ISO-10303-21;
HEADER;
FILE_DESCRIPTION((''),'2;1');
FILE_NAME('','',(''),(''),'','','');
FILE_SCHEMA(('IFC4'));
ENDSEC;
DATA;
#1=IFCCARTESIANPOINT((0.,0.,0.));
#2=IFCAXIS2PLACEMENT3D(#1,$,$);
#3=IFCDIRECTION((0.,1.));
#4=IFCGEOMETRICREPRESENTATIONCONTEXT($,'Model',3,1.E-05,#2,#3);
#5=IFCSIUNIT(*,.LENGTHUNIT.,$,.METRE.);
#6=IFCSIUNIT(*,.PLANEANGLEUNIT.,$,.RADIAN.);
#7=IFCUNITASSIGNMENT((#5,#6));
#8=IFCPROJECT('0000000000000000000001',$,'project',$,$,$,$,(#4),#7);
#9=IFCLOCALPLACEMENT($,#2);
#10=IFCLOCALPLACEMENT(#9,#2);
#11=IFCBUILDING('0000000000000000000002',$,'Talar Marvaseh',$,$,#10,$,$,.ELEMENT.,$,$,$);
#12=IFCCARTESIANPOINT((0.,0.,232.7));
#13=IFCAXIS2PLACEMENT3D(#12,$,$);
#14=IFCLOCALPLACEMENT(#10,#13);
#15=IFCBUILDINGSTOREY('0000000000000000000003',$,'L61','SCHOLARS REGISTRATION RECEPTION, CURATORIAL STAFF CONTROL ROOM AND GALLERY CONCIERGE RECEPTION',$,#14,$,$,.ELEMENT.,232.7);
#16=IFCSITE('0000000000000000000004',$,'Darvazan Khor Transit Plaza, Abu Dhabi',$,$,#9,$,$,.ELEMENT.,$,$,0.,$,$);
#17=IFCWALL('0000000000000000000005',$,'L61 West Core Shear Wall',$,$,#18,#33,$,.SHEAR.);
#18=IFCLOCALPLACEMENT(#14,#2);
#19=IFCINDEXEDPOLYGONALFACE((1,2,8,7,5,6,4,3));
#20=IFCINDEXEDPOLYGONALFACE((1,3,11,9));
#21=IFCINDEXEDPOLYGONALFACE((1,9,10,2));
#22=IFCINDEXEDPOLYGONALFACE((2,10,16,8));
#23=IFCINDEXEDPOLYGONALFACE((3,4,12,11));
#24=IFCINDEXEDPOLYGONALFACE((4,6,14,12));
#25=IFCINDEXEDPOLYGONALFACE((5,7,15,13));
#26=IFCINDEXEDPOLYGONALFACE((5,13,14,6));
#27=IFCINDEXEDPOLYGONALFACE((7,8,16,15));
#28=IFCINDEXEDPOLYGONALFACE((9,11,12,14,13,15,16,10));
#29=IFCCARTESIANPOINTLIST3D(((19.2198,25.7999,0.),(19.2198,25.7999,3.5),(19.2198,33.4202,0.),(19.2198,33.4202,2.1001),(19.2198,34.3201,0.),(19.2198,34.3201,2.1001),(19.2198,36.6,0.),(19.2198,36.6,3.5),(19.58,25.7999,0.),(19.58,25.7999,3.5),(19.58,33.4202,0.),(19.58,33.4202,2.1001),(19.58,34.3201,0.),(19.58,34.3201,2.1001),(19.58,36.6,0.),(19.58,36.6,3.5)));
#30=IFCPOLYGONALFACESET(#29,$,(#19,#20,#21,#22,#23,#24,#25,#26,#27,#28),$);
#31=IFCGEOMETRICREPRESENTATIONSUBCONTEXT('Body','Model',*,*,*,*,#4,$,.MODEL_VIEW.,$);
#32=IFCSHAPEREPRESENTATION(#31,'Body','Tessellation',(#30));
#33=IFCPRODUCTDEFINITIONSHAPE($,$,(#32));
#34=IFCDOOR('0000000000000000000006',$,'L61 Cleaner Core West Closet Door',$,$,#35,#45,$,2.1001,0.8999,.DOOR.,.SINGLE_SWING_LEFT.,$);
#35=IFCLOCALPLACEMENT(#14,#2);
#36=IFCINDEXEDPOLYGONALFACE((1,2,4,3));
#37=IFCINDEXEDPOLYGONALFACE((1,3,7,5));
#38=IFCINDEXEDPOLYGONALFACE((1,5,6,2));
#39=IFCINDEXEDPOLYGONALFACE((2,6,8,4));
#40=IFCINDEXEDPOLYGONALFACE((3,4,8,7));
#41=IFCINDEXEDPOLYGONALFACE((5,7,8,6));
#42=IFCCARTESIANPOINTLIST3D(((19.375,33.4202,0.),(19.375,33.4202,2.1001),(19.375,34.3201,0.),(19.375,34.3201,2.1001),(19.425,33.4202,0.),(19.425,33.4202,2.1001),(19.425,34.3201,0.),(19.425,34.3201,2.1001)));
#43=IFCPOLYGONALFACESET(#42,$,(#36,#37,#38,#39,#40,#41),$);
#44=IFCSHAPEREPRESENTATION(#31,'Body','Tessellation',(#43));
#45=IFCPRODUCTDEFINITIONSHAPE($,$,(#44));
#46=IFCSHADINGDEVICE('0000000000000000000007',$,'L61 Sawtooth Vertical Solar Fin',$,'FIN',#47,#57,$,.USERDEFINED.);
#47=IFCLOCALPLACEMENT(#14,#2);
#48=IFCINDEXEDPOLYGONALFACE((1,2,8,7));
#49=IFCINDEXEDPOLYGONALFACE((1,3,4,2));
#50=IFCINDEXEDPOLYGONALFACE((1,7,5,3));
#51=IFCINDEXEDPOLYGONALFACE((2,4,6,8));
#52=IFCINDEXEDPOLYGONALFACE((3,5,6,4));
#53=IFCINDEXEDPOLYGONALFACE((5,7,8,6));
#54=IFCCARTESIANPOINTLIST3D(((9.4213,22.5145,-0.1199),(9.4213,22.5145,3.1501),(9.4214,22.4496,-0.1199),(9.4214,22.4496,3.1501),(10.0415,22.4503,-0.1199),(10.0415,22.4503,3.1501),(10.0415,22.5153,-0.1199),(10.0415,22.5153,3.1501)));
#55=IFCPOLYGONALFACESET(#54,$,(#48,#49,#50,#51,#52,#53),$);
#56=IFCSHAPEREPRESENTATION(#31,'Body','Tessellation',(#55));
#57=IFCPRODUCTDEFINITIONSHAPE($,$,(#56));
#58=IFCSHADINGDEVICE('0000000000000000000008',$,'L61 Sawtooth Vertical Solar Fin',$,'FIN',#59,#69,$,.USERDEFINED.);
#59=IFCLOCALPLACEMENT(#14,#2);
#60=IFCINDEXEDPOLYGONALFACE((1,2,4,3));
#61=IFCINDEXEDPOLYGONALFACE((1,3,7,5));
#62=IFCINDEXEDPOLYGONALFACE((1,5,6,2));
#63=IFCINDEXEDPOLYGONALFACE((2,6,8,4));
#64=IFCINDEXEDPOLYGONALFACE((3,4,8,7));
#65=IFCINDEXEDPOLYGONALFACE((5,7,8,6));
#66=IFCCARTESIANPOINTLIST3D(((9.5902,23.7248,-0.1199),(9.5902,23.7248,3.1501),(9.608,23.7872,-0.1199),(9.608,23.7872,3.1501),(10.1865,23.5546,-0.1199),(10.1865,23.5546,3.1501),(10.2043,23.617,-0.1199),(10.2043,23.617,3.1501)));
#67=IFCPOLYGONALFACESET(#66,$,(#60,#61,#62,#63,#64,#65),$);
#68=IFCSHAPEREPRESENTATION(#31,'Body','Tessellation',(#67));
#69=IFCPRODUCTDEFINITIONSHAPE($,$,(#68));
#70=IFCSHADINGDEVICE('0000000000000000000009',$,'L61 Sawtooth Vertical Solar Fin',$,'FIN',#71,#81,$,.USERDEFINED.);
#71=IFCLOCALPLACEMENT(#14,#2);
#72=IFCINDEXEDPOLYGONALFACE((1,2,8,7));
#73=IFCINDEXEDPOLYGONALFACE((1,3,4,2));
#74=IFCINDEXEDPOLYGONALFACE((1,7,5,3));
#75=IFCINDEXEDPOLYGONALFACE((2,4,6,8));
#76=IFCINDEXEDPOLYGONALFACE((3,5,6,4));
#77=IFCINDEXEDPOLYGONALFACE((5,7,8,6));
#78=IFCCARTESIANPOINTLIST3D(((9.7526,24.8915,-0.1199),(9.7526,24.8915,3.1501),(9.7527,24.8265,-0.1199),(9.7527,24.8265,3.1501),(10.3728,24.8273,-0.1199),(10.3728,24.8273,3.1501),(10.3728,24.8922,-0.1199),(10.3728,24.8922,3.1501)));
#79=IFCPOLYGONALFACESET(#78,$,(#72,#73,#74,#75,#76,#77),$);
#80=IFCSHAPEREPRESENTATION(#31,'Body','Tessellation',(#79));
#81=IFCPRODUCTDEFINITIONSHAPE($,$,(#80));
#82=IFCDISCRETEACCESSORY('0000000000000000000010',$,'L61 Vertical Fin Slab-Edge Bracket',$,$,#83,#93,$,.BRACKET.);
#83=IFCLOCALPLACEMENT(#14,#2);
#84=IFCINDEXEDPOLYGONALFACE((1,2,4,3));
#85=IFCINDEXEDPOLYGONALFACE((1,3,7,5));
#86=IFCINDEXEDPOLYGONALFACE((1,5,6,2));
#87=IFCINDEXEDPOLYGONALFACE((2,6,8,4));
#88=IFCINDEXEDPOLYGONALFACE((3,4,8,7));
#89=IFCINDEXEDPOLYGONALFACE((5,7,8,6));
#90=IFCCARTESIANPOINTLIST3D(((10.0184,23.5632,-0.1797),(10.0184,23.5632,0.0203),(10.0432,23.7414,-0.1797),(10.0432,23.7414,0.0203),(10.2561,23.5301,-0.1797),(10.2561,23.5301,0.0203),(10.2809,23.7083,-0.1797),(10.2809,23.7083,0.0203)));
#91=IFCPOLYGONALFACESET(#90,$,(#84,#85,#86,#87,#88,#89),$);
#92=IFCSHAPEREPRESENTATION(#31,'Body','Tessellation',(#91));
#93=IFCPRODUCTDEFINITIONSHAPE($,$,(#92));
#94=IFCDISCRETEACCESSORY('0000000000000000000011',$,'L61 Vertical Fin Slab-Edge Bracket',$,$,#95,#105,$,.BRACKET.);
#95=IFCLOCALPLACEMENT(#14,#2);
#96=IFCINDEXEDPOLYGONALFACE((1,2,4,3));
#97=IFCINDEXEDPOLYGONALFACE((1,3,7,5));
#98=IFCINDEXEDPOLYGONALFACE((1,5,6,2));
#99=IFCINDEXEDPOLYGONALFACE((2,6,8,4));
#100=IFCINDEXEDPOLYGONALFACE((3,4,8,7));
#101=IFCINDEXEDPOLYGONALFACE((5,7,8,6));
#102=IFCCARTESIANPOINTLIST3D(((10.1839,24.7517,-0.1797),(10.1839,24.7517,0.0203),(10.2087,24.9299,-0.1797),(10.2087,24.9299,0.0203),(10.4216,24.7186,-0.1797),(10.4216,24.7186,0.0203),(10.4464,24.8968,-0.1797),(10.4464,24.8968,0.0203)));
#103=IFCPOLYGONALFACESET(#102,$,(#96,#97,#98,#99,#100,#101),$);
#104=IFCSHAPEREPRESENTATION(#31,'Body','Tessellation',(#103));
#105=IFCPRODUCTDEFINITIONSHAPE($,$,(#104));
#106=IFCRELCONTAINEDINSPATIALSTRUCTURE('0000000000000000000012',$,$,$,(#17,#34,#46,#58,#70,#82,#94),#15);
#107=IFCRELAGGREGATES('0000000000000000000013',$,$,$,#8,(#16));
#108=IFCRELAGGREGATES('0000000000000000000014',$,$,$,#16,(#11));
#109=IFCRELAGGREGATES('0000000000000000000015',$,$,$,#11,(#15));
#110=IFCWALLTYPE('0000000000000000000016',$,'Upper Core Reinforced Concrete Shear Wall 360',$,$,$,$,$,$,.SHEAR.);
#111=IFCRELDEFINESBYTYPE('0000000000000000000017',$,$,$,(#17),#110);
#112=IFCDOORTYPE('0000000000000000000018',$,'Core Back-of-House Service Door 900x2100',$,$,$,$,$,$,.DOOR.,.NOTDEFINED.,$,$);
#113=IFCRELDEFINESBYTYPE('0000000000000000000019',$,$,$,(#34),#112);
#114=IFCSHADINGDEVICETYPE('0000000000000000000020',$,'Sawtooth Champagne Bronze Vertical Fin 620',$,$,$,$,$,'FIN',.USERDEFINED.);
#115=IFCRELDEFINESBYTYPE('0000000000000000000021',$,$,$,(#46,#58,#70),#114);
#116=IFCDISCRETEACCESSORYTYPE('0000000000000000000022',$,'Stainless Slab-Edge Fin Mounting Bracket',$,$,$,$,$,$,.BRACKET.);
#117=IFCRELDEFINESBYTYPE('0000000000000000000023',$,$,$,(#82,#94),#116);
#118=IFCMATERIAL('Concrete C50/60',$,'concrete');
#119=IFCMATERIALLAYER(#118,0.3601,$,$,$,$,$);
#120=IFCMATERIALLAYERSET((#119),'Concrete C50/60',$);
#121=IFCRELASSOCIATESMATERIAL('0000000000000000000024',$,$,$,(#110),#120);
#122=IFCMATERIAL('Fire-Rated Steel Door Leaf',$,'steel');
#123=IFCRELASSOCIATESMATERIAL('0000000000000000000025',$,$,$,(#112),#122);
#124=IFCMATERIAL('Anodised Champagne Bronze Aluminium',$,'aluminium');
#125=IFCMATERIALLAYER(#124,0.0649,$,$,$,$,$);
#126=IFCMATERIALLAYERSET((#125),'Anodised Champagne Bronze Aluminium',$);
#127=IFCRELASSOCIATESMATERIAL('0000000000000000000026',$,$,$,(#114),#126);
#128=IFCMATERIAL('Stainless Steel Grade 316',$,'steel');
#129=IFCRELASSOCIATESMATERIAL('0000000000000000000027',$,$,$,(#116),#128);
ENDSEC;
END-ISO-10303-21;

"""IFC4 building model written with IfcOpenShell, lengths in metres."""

from ifc_helpers import new_model, si_unit, direction, frame, frame_2d, origin, origin_2d, place, context, subcontext, project, spatial, rectangle, extrude, source, transform, mapped, material, layer, layer_set, type_object, type_shapes, element, fill, save


model = new_model("IFC4")

# Units and contexts
model_context = context("Model", 3, precision=1e-05, world=origin(), true_north=direction((0.0, 1.0)))
body_context = subcontext(model_context, "Body", "Model", "MODEL_VIEW")
ifc_project = project(units=[si_unit("LENGTHUNIT", "METRE"), si_unit("PLANEANGLEUNIT", "RADIAN")], contexts=[model_context])

# Site, building, storey
site_placement = place(None, origin())
site = spatial("IfcSite", under=ifc_project, at=site_placement, Name="Darvazan Khor Transit Plaza, Abu Dhabi", CompositionType="ELEMENT", RefElevation=0.0)
building_placement = place(site_placement, origin())
building = spatial("IfcBuilding", under=site, at=building_placement, Name="Talar Marvaseh", CompositionType="ELEMENT")
storey_placement = place(building_placement, frame((0.0, 0.0, 232.7)))
storey = spatial("IfcBuildingStorey", under=building, at=storey_placement, Name="L61", Description="SCHOLARS REGISTRATION RECEPTION, CURATORIAL STAFF CONTROL ROOM AND GALLERY CONCIERGE RECEPTION", CompositionType="ELEMENT", Elevation=232.7)

# Wall, opening, door
ifc_material_1 = material(Name="Concrete C50/60", Category="concrete")
ifc_layer_1 = layer(ifc_material_1, 0.3601)
ifc_layer_set_1 = layer_set([ifc_layer_1], Name="Concrete C50/60")
wall_type_1 = type_object("IfcWallType", Name="Upper Core Reinforced Concrete Shear Wall 360", PredefinedType="SHEAR", material=ifc_layer_set_1)
wall_1_placement = place(storey_placement, frame((19.3999, 25.8, 0.0), z_axis=(0.0, 0.0, 1.0), x_axis=(0.0, 1.0, 0.0)))
wall_1 = element("IfcWall", 1, at=wall_1_placement, inside=storey, type_object=wall_type_1, Name="L61 West Core Shear Wall", PredefinedType="SHEAR", context=body_context, shape_type="SweptSolid", body=[
    extrude(rectangle(XDim=10.8, YDim=0.3601, at=frame_2d((5.3999, 0.0))), origin(), (0.0, 0.0, 1.0), 3.5),
])
opening_1_placement = place(wall_1_placement, frame((7.6201, 0.0, 0.0)))
opening_1 = element("IfcOpeningElement", 2, at=opening_1_placement, cuts=wall_1, PredefinedType="OPENING", context=body_context, shape_type="SweptSolid", body=[
    extrude(rectangle(XDim=0.8999, YDim=2.1001, at=frame_2d((0.45, 1.05))), frame((0.0, 0.1899, 0.0), z_axis=(0.0, -1.0, 0.0), x_axis=(1.0, 0.0, 0.0)), (0.0, 0.0, 1.0), 0.3801),
])
ifc_material_2 = material(Name="Fire-Rated Steel Door Leaf", Category="steel")
door_type_1 = type_object("IfcDoorType", Name="Core Back-of-House Service Door 900x2100", OperationType="NOTDEFINED", PredefinedType="DOOR", material=ifc_material_2)
shared_shape_1 = source(origin(), body_context, "Body", "SweptSolid", [
    extrude(rectangle(XDim=0.8999, YDim=2.1001, at=frame_2d((0.45, 1.05))), frame((0.0, 0.0249, 0.0), z_axis=(0.0, -1.0, 0.0), x_axis=(1.0, 0.0, 0.0)), (0.0, 0.0, 1.0), 0.05),
])
type_shapes(door_type_1, [shared_shape_1])
door_1_placement = place(opening_1_placement, origin())
door_1 = element("IfcDoor", 3, at=door_1_placement, inside=storey, type_object=door_type_1, Name="L61 Cleaner Core West Closet Door", OperationType="SINGLE_SWING_LEFT", OverallHeight=2.1001, OverallWidth=0.8999, PredefinedType="DOOR", context=body_context, shape_type="MappedRepresentation", body=[
    mapped(shared_shape_1, transform((0.0, 0.0, 0.0), x_axis=(1.0, 0.0, 0.0), y_axis=(0.0, 1.0, 0.0), z_axis=(0.0, 0.0, 1.0), scale=1.0)),
])
fill(opening_1, door_1)

# Shading devices
ifc_material_3 = material(Name="Anodised Champagne Bronze Aluminium", Category="aluminium")
ifc_layer_2 = layer(ifc_material_3, 0.0649)
ifc_layer_set_2 = layer_set([ifc_layer_2], Name="Anodised Champagne Bronze Aluminium")
shading_device_type = type_object("IfcShadingDeviceType", Name="Sawtooth Champagne Bronze Vertical Fin 620", ElementType="FIN", PredefinedType="USERDEFINED", material=ifc_layer_set_2)
shared_shape_2 = source(origin(), body_context, "Body", "SweptSolid", [
    extrude(rectangle(XDim=0.6201, YDim=0.0649, at=origin_2d()), origin(), (0.0, 0.0, 1.0), 3.27),
])
type_shapes(shading_device_type, [shared_shape_2])
for number, where, z_axis, x_axis, name in (
    (4, (9.7314, 22.4824, -0.1199), (0.0, 0.0, 1.0), (-0.999999, -0.001222, 0.0), "L61 Sawtooth Vertical Solar Fin"),
    (5, (9.8972, 23.6709, -0.1199), (0.0, 0.0, 1.0), (-0.961598, 0.274463, 0.0), "L61 Sawtooth Vertical Solar Fin"),
    (6, (10.0627, 24.8594, -0.1199), (0.0, 0.0, 1.0), (-0.999999, -0.001222, 0.0), "L61 Sawtooth Vertical Solar Fin"),
):
    element("IfcShadingDevice", number, at=place(storey_placement, frame(where, z_axis=z_axis, x_axis=x_axis)), inside=storey, type_object=shading_device_type, Name=name, ObjectType="FIN", PredefinedType="USERDEFINED", context=body_context, shape_type="MappedRepresentation", body=[
        mapped(shared_shape_2, transform((0.0, 0.0, 0.0), x_axis=(1.0, 0.0, 0.0), y_axis=(0.0, 1.0, 0.0), z_axis=(0.0, 0.0, 1.0), scale=1.0)),
    ])

# Discrete accessories
ifc_material_4 = material(Name="Stainless Steel Grade 316", Category="steel")
discrete_accessory_type = type_object("IfcDiscreteAccessoryType", Name="Stainless Slab-Edge Fin Mounting Bracket", PredefinedType="BRACKET", material=ifc_material_4)
shared_shape_3 = source(origin(), body_context, "Body", "SweptSolid", [
    extrude(rectangle(XDim=0.24, YDim=0.1799, at=origin_2d()), origin(), (0.0, 0.0, 1.0), 0.2),
])
type_shapes(discrete_accessory_type, [shared_shape_3])
for number, where, z_axis, x_axis, name in (
    (7, (10.1497, 23.6357, -0.1797), (0.0, 0.0, 1.0), (-0.990437, 0.137963, 0.0), "L61 Vertical Fin Slab-Edge Bracket"),
    (8, (10.3152, 24.8242, -0.1797), (0.0, 0.0, 1.0), (-0.990437, 0.137963, 0.0), "L61 Vertical Fin Slab-Edge Bracket"),
):
    element("IfcDiscreteAccessory", number, at=place(storey_placement, frame(where, z_axis=z_axis, x_axis=x_axis)), inside=storey, type_object=discrete_accessory_type, Name=name, PredefinedType="BRACKET", context=body_context, shape_type="MappedRepresentation", body=[
        mapped(shared_shape_3, transform((0.0, 0.0, 0.0), x_axis=(1.0, 0.0, 0.0), y_axis=(0.0, 1.0, 0.0), z_axis=(0.0, 0.0, 1.0), scale=1.0)),
    ])

save(model, "model.ifc")
